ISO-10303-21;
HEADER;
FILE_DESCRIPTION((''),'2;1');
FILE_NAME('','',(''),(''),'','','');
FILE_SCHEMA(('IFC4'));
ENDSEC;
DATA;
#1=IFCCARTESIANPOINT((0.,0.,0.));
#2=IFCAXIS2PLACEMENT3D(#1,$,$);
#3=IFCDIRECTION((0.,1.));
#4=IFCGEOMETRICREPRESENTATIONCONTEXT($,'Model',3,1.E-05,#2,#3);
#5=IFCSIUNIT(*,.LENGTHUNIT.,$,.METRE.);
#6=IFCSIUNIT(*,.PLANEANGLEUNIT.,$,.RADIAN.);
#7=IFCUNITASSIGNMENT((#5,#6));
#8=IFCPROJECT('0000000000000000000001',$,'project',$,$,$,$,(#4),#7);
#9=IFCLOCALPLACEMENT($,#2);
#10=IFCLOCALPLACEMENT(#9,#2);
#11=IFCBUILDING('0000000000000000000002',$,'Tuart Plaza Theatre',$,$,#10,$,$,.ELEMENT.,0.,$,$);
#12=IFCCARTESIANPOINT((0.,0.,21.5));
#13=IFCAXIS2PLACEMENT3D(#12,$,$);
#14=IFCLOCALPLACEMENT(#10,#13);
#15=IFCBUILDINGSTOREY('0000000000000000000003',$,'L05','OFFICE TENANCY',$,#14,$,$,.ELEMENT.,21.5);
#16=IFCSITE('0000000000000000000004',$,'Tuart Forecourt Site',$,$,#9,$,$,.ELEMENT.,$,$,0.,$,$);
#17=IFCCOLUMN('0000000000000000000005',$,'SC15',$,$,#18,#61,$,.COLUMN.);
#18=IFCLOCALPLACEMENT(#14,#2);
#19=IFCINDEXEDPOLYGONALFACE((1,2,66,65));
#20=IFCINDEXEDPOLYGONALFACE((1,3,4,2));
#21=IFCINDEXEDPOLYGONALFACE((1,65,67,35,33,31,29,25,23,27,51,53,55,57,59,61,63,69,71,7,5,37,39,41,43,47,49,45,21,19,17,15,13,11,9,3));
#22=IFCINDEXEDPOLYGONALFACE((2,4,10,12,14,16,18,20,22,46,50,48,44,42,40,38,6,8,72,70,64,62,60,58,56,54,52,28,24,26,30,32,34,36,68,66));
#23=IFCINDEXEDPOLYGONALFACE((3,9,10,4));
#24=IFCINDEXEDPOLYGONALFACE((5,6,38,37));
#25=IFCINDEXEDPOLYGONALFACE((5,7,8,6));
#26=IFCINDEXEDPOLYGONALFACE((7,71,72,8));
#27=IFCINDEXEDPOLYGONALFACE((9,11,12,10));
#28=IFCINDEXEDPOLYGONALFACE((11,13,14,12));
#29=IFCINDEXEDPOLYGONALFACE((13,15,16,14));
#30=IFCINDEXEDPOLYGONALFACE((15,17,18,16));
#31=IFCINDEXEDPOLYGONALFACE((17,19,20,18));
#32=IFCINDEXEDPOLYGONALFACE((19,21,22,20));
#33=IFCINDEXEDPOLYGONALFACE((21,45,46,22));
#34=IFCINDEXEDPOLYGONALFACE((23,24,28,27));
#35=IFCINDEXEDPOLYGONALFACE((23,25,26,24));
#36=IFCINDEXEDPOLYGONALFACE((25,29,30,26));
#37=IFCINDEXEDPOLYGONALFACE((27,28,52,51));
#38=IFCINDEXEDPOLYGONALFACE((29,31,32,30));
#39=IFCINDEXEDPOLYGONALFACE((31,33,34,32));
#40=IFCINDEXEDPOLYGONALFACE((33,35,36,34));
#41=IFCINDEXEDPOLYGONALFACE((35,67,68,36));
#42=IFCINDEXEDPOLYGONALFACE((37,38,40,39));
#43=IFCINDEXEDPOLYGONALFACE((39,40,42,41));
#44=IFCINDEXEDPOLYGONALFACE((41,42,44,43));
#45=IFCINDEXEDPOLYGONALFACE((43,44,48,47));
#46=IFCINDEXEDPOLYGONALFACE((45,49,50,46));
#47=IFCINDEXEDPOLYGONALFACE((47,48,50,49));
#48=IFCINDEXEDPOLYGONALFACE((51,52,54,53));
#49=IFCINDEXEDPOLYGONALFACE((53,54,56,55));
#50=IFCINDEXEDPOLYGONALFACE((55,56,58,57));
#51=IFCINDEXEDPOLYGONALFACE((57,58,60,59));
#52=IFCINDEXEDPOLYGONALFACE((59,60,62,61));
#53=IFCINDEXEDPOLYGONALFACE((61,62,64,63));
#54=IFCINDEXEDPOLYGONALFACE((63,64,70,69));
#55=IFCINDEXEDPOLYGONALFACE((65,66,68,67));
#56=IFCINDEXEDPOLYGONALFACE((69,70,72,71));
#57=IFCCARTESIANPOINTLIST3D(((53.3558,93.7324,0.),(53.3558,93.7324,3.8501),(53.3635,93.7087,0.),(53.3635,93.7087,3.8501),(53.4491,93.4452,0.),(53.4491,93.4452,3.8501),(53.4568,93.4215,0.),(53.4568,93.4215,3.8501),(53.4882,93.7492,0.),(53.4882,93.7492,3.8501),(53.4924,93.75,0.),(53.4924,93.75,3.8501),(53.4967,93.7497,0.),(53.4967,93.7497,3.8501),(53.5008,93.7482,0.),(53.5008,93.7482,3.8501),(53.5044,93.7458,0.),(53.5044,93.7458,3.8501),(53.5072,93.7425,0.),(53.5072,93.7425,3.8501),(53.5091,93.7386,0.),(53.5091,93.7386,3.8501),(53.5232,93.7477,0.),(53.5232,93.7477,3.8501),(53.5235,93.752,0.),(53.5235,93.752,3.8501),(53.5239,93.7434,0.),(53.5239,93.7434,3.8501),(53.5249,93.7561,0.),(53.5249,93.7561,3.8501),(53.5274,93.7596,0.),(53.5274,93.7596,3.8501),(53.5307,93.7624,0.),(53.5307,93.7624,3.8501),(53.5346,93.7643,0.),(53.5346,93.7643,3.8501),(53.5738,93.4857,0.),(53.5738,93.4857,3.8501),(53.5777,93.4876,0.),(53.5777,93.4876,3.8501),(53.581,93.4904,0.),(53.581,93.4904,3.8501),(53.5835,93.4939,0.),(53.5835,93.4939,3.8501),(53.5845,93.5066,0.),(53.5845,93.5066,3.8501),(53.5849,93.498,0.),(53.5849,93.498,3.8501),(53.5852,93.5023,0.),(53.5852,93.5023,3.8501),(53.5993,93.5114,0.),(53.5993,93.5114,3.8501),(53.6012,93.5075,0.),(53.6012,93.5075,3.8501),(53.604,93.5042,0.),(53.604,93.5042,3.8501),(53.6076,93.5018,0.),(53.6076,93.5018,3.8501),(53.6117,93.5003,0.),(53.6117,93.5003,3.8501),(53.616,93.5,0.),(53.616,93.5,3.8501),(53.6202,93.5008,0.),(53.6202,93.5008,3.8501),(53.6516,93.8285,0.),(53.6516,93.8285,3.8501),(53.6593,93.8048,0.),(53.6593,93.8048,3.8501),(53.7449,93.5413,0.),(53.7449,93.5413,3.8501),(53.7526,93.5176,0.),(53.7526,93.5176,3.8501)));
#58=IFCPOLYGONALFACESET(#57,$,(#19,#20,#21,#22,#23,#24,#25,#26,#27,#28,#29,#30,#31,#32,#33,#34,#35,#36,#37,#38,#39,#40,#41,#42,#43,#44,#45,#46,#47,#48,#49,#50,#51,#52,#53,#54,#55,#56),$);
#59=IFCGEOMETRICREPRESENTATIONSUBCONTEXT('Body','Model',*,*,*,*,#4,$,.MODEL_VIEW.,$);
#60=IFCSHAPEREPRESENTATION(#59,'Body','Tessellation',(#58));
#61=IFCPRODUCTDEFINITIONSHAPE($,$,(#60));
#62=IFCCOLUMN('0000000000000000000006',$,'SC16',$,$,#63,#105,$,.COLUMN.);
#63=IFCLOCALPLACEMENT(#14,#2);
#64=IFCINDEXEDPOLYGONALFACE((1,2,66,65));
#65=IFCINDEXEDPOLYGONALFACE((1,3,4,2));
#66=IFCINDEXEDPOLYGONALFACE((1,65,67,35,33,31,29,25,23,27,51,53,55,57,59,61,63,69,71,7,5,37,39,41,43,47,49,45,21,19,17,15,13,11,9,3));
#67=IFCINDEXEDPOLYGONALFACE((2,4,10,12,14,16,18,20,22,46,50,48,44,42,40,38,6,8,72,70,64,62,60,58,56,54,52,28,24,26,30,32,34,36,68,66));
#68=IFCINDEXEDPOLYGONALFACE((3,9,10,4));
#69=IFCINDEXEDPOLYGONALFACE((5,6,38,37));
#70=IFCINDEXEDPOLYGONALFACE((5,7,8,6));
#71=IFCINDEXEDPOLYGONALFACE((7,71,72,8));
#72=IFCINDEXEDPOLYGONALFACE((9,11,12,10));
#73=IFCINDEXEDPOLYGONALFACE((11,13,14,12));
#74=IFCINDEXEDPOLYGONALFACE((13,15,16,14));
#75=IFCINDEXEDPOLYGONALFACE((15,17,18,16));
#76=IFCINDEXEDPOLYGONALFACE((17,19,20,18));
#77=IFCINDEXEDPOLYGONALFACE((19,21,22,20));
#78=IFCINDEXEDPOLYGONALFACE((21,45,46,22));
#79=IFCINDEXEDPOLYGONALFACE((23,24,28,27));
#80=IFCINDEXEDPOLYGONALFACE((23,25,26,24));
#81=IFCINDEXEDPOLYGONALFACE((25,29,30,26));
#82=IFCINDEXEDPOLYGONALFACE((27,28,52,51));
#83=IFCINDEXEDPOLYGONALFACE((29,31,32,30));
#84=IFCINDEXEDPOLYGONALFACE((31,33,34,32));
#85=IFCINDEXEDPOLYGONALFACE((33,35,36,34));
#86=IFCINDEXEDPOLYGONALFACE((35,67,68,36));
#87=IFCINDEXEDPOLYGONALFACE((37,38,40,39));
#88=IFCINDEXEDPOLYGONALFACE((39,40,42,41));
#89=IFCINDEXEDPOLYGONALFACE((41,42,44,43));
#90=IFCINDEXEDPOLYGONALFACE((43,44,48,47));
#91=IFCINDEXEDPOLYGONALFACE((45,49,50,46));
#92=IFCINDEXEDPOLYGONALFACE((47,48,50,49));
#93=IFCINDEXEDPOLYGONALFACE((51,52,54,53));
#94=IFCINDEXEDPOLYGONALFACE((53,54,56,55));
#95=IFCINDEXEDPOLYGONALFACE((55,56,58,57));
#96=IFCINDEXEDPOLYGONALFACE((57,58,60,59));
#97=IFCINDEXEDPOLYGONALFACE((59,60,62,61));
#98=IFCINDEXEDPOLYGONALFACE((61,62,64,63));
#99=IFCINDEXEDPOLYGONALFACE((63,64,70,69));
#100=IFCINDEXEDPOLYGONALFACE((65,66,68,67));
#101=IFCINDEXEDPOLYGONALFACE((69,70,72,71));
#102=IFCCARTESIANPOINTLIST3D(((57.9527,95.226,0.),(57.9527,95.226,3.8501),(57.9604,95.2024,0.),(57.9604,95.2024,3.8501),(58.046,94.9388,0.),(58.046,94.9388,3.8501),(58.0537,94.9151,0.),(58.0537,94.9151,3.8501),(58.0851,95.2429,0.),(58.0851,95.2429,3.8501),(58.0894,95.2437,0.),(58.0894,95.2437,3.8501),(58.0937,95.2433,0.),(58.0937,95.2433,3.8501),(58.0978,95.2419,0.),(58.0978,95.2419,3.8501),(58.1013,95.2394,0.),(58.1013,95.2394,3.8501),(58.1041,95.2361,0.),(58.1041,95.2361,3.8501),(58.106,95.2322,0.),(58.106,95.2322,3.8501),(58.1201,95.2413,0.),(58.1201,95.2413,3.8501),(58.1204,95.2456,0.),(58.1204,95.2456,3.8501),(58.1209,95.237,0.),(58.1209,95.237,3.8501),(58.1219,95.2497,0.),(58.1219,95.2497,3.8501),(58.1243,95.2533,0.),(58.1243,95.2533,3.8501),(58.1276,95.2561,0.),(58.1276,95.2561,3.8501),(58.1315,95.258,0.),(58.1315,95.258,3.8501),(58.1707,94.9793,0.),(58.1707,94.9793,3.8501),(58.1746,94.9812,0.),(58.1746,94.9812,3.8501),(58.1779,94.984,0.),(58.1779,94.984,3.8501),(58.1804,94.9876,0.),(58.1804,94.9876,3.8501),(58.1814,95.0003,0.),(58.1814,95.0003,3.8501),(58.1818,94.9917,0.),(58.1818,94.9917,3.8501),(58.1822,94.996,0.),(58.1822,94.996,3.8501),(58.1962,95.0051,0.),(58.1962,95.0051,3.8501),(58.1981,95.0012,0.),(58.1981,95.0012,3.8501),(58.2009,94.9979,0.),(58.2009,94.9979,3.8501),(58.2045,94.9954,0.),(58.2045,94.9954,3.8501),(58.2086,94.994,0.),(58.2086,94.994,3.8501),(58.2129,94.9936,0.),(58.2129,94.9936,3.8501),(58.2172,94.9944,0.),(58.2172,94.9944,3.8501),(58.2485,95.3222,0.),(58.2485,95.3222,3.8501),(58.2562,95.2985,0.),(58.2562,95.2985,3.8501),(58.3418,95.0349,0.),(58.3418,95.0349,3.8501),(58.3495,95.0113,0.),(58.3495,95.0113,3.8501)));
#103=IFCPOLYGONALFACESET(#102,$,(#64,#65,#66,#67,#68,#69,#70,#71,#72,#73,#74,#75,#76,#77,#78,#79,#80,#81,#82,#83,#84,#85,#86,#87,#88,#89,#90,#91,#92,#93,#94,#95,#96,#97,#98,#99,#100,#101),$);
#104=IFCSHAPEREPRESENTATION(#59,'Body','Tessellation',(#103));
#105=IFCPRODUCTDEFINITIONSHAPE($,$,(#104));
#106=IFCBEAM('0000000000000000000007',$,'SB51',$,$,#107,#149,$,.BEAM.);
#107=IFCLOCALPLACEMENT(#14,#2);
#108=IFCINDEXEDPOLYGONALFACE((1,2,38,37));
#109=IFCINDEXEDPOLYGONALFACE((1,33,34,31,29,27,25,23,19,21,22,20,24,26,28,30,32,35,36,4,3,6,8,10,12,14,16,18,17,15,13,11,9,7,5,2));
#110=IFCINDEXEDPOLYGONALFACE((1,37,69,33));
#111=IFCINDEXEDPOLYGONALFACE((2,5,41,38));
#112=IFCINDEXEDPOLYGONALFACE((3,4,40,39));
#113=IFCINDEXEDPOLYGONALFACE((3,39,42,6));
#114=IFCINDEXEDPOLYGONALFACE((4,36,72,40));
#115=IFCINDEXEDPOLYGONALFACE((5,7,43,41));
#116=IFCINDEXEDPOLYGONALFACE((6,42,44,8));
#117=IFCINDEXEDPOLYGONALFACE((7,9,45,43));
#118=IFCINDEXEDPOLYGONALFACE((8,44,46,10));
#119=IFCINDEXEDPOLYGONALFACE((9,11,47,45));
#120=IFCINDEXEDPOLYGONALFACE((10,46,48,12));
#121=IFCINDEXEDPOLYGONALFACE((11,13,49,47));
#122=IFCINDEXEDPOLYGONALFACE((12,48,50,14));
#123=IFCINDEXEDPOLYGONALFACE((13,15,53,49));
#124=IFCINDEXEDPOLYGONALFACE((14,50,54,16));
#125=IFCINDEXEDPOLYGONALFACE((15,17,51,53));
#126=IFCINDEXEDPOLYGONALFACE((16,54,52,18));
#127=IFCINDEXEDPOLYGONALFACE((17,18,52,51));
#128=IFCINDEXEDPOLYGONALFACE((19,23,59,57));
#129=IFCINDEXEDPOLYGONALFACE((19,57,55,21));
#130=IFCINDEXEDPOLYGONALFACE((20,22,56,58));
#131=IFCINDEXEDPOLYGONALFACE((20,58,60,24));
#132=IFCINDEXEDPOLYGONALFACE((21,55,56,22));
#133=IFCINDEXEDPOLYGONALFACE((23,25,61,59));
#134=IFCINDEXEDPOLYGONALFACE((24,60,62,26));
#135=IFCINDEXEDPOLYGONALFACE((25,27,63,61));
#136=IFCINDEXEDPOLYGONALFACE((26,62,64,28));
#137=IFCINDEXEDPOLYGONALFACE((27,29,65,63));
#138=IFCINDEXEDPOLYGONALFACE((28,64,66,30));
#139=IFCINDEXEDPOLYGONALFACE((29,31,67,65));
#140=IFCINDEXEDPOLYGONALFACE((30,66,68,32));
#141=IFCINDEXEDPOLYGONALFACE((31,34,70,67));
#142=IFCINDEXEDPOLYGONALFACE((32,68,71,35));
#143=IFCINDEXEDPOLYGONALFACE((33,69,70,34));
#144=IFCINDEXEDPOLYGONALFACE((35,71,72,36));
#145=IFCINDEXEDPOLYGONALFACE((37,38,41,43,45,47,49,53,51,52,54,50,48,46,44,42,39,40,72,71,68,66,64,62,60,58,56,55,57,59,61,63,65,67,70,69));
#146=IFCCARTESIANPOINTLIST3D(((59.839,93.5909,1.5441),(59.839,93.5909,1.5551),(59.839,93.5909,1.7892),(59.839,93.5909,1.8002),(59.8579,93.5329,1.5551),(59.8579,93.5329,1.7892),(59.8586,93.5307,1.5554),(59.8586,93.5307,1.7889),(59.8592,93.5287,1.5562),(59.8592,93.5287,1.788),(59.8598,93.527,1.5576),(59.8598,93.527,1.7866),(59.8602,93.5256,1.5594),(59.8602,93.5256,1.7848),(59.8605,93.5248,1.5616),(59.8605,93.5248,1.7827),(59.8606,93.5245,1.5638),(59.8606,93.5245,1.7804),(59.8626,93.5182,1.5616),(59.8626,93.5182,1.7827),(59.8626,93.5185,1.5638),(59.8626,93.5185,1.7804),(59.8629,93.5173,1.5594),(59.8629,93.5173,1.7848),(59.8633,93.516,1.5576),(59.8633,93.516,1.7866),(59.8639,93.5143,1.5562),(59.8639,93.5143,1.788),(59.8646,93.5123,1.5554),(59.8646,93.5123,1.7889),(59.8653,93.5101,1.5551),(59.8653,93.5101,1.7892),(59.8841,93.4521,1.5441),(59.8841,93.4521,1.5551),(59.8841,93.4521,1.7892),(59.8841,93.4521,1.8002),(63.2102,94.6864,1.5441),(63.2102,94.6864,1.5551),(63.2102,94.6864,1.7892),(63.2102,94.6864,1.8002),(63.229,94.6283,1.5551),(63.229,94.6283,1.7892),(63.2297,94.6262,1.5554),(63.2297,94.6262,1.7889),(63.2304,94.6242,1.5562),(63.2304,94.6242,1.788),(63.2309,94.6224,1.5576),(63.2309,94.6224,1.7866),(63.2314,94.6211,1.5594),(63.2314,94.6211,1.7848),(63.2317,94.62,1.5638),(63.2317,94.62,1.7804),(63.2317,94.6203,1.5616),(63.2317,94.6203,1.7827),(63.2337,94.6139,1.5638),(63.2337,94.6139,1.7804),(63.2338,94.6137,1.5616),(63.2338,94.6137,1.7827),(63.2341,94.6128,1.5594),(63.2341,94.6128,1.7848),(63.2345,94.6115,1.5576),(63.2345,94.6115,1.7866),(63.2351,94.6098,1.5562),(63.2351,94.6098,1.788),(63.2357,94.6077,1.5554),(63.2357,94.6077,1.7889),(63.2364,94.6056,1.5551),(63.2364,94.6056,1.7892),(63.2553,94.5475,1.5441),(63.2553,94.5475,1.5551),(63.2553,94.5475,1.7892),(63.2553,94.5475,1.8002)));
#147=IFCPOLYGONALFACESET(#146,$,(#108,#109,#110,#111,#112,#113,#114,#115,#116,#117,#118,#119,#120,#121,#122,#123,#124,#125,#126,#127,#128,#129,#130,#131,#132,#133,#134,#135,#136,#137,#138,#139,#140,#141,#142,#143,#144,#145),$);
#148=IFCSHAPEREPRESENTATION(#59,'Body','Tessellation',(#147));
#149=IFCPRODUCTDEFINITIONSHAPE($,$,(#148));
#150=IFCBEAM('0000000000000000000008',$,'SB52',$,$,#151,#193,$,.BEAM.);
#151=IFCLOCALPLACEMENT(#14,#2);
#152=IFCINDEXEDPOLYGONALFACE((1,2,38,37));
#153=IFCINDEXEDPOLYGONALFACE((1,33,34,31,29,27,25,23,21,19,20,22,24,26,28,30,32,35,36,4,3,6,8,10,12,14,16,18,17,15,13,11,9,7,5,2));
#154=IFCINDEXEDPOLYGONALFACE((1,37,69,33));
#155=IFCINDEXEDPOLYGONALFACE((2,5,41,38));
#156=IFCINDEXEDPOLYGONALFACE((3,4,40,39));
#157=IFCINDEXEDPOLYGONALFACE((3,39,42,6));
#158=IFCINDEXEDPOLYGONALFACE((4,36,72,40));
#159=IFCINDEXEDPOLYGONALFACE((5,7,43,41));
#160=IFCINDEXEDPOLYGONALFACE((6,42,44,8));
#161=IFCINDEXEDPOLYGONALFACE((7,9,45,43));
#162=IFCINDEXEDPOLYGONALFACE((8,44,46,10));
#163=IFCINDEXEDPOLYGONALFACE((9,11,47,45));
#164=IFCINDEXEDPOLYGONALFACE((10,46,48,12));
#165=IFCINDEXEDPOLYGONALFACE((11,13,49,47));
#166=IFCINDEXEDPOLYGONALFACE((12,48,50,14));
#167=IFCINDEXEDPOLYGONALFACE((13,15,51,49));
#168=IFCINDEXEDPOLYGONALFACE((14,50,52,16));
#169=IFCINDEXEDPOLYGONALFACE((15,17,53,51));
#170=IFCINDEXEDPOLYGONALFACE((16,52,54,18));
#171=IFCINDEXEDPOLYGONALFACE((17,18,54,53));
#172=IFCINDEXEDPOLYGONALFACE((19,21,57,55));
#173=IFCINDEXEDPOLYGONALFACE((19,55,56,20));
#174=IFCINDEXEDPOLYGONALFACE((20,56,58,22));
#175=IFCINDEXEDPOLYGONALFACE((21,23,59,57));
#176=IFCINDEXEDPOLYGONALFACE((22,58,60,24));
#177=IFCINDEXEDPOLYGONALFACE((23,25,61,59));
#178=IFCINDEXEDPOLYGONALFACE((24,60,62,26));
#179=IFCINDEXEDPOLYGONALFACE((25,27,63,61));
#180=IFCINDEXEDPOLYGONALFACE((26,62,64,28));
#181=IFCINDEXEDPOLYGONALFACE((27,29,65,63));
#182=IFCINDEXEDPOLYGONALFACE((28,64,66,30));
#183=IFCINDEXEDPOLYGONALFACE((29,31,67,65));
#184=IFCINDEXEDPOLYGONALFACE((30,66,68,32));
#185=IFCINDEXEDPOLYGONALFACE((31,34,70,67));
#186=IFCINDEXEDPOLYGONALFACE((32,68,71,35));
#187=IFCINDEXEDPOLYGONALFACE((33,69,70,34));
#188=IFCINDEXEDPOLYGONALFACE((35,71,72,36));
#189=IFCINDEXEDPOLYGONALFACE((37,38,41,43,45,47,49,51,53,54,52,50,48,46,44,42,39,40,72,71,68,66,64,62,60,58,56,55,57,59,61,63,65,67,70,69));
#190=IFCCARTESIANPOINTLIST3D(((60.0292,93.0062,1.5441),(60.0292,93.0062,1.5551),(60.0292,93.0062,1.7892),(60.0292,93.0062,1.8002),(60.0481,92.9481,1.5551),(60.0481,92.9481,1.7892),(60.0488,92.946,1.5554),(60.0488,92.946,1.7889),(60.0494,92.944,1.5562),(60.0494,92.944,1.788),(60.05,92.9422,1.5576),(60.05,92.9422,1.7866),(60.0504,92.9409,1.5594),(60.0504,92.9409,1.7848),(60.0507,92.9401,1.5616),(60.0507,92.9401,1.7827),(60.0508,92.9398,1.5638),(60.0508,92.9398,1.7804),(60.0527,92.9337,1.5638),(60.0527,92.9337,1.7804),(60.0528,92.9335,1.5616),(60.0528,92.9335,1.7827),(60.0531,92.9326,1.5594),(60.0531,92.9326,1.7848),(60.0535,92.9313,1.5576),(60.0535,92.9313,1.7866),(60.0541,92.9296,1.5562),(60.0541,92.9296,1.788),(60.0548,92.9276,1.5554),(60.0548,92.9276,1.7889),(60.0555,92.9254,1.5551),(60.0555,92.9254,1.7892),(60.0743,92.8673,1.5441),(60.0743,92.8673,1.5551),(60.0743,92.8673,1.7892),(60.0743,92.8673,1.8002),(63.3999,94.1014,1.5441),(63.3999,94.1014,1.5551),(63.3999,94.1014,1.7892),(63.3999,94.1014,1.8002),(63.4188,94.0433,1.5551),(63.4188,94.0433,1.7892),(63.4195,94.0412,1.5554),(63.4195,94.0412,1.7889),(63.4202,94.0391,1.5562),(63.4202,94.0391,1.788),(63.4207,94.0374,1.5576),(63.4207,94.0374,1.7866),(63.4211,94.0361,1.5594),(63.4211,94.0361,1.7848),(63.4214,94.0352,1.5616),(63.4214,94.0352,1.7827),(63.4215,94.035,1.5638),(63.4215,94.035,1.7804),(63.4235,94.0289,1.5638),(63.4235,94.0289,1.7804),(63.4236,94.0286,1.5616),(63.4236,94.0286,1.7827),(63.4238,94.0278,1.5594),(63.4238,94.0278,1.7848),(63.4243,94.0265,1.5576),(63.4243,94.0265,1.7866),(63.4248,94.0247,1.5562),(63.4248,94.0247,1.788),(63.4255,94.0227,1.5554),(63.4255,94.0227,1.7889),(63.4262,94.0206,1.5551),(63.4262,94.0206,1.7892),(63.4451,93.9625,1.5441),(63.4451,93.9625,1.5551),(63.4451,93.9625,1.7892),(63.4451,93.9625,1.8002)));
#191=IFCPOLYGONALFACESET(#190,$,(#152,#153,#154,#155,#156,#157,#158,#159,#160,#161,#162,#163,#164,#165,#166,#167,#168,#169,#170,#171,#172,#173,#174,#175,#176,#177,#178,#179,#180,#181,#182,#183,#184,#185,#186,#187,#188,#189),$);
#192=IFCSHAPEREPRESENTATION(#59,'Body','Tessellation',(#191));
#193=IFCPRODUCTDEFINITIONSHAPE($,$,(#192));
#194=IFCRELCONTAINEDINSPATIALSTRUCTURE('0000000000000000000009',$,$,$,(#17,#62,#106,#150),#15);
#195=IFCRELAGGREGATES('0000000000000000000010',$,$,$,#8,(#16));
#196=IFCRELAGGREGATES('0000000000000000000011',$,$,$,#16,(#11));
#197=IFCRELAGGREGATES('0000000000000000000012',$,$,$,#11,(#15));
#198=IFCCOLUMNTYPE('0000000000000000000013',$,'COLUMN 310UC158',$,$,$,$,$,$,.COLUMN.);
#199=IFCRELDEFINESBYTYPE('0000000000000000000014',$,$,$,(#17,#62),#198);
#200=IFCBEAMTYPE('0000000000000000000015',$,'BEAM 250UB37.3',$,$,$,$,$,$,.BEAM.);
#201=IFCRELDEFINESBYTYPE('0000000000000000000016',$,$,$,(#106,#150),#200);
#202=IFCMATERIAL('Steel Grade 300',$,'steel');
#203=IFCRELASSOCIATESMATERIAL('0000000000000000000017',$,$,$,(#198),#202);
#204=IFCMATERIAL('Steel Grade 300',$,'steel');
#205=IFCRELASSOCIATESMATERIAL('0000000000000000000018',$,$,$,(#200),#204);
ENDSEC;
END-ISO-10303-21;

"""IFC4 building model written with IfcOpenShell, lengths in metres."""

from ifc_helpers import new_model, si_unit, direction, frame, origin, origin_2d, place, context, subcontext, project, spatial, i_section, extrude, material, material_profile, profile_set, type_object, element, save


model = new_model("IFC4")

# Units and contexts
model_context = context("Model", 3, precision=1e-05, world=origin(), true_north=direction((0.0, 1.0)))
body_context = subcontext(model_context, "Body", "Model", "MODEL_VIEW")
ifc_project = project(units=[si_unit("LENGTHUNIT", "METRE"), si_unit("PLANEANGLEUNIT", "RADIAN")], contexts=[model_context])

# Site, building, storey
site_placement = place(None, origin())
site = spatial("IfcSite", under=ifc_project, at=site_placement, Name="Tuart Forecourt Site", CompositionType="ELEMENT", RefElevation=0.0)
building_placement = place(site_placement, origin())
building = spatial("IfcBuilding", under=site, at=building_placement, Name="Tuart Plaza Theatre", CompositionType="ELEMENT", ElevationOfRefHeight=0.0)
storey_placement = place(building_placement, frame((0.0, 0.0, 21.5)))
storey = spatial("IfcBuildingStorey", under=building, at=storey_placement, Name="L05", Description="OFFICE TENANCY", CompositionType="ELEMENT", Elevation=21.5)

# Columns
ifc_material_1 = material(Name="Steel Grade 300", Category="steel")
ifc_material_profile_1 = material_profile(ifc_material_1, i_section(OverallWidth=0.311, OverallDepth=0.3269, WebThickness=0.0156, FlangeThickness=0.0249, FilletRadius=0.0166, at=origin_2d()), Name="310UC158")
ifc_profile_set_1 = profile_set([ifc_material_profile_1], Name="Steel Grade 300")
column_type = type_object("IfcColumnType", Name="COLUMN 310UC158", PredefinedType="COLUMN", material=ifc_profile_set_1)
for number, where, z_axis, x_axis, name in (
    (1, (53.5542, 93.625, 0.0), (0.0, 0.0, 1.0), (0.951057, 0.309017, 0.0), "SC15"),
    (2, (58.1511, 95.1187, 0.0), (0.0, 0.0, 1.0), (0.951057, 0.309017, 0.0), "SC16"),
):
    element("IfcColumn", number, at=place(storey_placement, frame(where, z_axis=z_axis, x_axis=x_axis)), inside=storey, type_object=column_type, Name=name, PredefinedType="COLUMN", context=body_context, shape_type="SweptSolid", body=[
        extrude(i_section(OverallWidth=0.311, OverallDepth=0.3269, WebThickness=0.0156, FlangeThickness=0.0249, FilletRadius=0.0166, at=origin_2d()), origin(), (0.0, 0.0, 1.0), 3.8501),
    ])

# Beams
ifc_material_2 = material(Name="Steel Grade 300", Category="steel")
ifc_material_profile_2 = material_profile(ifc_material_2, i_section(OverallWidth=0.146, OverallDepth=0.2561, WebThickness=0.0063, FlangeThickness=0.011, FilletRadius=0.0088, at=origin_2d()), Name="250UB37.3")
ifc_profile_set_2 = profile_set([ifc_material_profile_2], Name="Steel Grade 300")
beam_type = type_object("IfcBeamType", Name="BEAM 250UB37.3", PredefinedType="BEAM", material=ifc_profile_set_2)
beam_1_placement = place(storey_placement, frame((59.8616, 93.5215, 1.6721), z_axis=(0.951046, 0.309049, 0.0), x_axis=(-0.309049, 0.951046, 0.0)))
element("IfcBeam", 3, at=beam_1_placement, inside=storey, type_object=beam_type, Name="SB51", PredefinedType="BEAM", context=body_context, shape_type="SweptSolid", body=[
    extrude(i_section(OverallWidth=0.146, OverallDepth=0.2561, WebThickness=0.0063, FlangeThickness=0.011, FilletRadius=0.0088, at=origin_2d()), origin(), (0.0, 0.0, 1.0), 3.5447),
])
beam_2_placement = place(storey_placement, frame((60.0518, 92.9368, 1.6721), z_axis=(0.95106, 0.309007, 0.0), x_axis=(-0.309007, 0.95106, 0.0)))
element("IfcBeam", 4, at=beam_2_placement, inside=storey, type_object=beam_type, Name="SB52", PredefinedType="BEAM", context=body_context, shape_type="SweptSolid", body=[
    extrude(i_section(OverallWidth=0.146, OverallDepth=0.2561, WebThickness=0.0063, FlangeThickness=0.011, FilletRadius=0.0088, at=origin_2d()), origin(), (0.0, 0.0, 1.0), 3.5442),
])

save(model, "model.ifc")
